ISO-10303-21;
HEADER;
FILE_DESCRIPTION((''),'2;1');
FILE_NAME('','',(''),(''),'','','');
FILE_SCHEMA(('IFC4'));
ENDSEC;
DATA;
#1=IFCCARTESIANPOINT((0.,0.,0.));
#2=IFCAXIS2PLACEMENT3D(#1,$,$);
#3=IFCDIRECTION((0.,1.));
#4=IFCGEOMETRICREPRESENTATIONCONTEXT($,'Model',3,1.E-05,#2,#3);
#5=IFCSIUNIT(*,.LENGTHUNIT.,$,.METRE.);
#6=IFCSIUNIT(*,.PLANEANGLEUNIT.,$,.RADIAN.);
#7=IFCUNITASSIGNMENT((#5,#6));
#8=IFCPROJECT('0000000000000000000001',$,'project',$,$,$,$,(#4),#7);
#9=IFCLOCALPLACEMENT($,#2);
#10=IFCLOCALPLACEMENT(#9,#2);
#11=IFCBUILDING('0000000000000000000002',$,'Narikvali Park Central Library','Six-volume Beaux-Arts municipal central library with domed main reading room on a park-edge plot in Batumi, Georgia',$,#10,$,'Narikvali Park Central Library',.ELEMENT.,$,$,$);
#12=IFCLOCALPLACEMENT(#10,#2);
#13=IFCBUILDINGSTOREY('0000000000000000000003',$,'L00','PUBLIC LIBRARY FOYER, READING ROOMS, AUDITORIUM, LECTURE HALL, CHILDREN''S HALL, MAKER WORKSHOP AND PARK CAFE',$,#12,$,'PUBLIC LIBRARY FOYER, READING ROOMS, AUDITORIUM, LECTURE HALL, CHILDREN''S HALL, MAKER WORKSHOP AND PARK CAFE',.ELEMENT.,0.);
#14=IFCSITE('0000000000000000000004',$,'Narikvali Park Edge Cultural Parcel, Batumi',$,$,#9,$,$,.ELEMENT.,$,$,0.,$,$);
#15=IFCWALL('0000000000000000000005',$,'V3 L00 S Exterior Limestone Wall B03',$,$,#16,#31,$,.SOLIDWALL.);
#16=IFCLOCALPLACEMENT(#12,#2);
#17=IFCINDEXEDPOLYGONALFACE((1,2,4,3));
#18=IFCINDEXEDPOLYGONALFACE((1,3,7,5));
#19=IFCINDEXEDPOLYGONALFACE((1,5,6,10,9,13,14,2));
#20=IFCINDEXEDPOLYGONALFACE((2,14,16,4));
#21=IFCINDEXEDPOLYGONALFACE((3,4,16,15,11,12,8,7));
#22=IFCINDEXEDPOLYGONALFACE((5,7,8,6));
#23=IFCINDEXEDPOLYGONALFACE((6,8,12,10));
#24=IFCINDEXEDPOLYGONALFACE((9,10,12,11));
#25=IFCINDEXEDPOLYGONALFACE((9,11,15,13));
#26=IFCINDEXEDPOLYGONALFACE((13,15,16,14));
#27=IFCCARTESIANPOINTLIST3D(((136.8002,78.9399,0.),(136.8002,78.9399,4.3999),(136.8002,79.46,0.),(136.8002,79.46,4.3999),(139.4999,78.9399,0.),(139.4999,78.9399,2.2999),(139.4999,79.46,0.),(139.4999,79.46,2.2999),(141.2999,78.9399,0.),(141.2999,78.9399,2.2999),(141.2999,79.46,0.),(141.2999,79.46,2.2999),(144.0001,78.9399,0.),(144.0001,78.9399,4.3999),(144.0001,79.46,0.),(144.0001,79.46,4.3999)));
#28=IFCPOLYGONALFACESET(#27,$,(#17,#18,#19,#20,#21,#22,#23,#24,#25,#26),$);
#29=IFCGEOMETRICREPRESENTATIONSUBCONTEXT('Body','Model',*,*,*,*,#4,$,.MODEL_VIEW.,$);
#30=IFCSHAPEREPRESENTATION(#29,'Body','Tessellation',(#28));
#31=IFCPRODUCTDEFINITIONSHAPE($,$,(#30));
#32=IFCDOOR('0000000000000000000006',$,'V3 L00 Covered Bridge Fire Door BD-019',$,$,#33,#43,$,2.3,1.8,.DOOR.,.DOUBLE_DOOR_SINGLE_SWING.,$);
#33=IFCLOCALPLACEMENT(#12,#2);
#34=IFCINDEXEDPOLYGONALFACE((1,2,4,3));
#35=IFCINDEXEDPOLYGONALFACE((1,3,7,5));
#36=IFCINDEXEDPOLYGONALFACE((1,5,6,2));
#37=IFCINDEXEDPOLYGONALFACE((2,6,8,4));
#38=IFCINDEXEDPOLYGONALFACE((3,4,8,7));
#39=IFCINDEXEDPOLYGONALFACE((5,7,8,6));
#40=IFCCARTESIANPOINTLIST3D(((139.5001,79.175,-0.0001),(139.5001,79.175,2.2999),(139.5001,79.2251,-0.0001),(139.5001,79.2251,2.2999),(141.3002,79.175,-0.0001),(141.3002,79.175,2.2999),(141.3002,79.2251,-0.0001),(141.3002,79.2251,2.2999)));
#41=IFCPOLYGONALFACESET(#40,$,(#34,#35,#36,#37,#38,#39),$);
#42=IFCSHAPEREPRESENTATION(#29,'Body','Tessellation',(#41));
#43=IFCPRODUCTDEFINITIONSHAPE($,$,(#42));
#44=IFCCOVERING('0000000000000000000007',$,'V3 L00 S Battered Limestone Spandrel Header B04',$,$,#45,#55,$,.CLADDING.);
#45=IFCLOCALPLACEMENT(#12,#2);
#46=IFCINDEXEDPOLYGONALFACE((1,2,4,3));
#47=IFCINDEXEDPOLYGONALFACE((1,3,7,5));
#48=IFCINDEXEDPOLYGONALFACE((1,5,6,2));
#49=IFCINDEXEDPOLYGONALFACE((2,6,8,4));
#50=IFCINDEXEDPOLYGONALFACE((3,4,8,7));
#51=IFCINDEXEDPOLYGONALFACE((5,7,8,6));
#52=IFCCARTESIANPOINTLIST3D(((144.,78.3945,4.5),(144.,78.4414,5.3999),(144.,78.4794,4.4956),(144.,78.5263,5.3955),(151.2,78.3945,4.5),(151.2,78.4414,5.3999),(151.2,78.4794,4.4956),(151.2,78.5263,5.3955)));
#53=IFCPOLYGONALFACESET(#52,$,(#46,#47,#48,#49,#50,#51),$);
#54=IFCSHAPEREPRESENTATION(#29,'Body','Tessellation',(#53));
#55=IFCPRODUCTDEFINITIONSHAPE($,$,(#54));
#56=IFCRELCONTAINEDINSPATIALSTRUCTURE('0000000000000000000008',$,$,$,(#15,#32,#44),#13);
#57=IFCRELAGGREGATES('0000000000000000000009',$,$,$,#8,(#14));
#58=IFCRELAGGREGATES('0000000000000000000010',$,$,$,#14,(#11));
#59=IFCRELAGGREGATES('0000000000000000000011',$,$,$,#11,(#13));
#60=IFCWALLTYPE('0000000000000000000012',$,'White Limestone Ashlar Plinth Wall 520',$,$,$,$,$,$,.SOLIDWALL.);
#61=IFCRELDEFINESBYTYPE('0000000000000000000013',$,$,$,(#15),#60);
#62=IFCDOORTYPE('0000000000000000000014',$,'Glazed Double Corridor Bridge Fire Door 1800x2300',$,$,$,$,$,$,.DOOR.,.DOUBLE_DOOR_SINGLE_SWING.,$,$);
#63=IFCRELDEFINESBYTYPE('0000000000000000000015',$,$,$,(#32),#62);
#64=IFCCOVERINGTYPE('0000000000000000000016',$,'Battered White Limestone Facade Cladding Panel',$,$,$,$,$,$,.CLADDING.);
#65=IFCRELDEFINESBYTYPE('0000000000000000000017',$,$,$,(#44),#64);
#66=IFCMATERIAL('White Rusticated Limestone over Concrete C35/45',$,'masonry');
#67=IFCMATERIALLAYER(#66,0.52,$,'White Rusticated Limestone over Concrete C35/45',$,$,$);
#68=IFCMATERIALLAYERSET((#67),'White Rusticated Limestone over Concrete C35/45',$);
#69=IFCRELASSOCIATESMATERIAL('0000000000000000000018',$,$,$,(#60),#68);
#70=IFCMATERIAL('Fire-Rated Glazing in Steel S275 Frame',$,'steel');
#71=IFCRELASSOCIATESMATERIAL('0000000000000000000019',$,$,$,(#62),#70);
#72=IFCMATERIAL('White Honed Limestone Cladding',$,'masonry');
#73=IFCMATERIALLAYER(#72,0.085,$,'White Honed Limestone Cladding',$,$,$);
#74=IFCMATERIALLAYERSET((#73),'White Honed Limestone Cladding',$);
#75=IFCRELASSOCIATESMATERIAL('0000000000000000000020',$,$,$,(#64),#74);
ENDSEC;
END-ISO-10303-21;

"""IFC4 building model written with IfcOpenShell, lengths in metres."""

from ifc_helpers import new_model, si_unit, direction, frame, frame_2d, origin, place, context, subcontext, project, spatial, polyline, rectangle, outline, extrude, material, layer, layer_set, type_object, element, fill, save


model = new_model("IFC4")

# Units and contexts
model_context = context("Model", 3, precision=1e-05, world=origin(), true_north=direction((0.0, 1.0)))
body_context = subcontext(model_context, "Body", "Model", "MODEL_VIEW")
ifc_project = project(units=[si_unit("LENGTHUNIT", "METRE"), si_unit("PLANEANGLEUNIT", "RADIAN")], contexts=[model_context])

# Site, building, storey
site_placement = place(None, origin())
site = spatial("IfcSite", under=ifc_project, at=site_placement, Name="Narikvali Park Edge Cultural Parcel, Batumi", CompositionType="ELEMENT", RefElevation=0.0)
building_placement = place(site_placement, origin())
building = spatial("IfcBuilding", under=site, at=building_placement, Name="Narikvali Park Central Library", Description="Six-volume Beaux-Arts municipal central library with domed main reading room on a park-edge plot in Batumi, Georgia", LongName="Narikvali Park Central Library", CompositionType="ELEMENT")
storey_placement = place(building_placement, origin())
storey = spatial("IfcBuildingStorey", under=building, at=storey_placement, Name="L00", Description="PUBLIC LIBRARY FOYER, READING ROOMS, AUDITORIUM, LECTURE HALL, CHILDREN'S HALL, MAKER WORKSHOP AND PARK CAFE", LongName="PUBLIC LIBRARY FOYER, READING ROOMS, AUDITORIUM, LECTURE HALL, CHILDREN'S HALL, MAKER WORKSHOP AND PARK CAFE", CompositionType="ELEMENT", Elevation=0.0)

# Wall, opening, door
ifc_material_1 = material(Name="White Rusticated Limestone over Concrete C35/45", Category="masonry")
ifc_layer_1 = layer(ifc_material_1, 0.52, Name="White Rusticated Limestone over Concrete C35/45")
ifc_layer_set_1 = layer_set([ifc_layer_1], Name="White Rusticated Limestone over Concrete C35/45")
wall_type_1 = type_object("IfcWallType", Name="White Limestone Ashlar Plinth Wall 520", PredefinedType="SOLIDWALL", material=ifc_layer_set_1)
wall_1_placement = place(storey_placement, frame((136.8, 79.2, 0.0), z_axis=(0.0, 0.0, 1.0), x_axis=(1.0, 0.0, 0.0)))
wall_1 = element("IfcWall", 1, at=wall_1_placement, inside=storey, type_object=wall_type_1, Name="V3 L00 S Exterior Limestone Wall B03", PredefinedType="SOLIDWALL", context=body_context, shape_type="SweptSolid", body=[
    extrude(rectangle(XDim=7.2, YDim=0.52, at=frame_2d((3.6001, 0.0))), origin(), (0.0, 0.0, 1.0), 4.3999),
])
opening_placement = place(wall_1_placement, frame((2.7, 0.0, 0.0)))
opening = element("IfcOpeningElement", 2, at=opening_placement, cuts=wall_1, PredefinedType="OPENING", context=body_context, shape_type="SweptSolid", body=[
    extrude(rectangle(XDim=1.8, YDim=2.3, at=frame_2d((0.8999, 1.1499))), frame((0.0, 0.272, 0.0), z_axis=(0.0, -1.0, 0.0), x_axis=(1.0, 0.0, 0.0)), (0.0, 0.0, 1.0), 0.5439),
])
ifc_material_2 = material(Name="Fire-Rated Glazing in Steel S275 Frame", Category="steel")
door_type = type_object("IfcDoorType", Name="Glazed Double Corridor Bridge Fire Door 1800x2300", OperationType="DOUBLE_DOOR_SINGLE_SWING", PredefinedType="DOOR", material=ifc_material_2)
door_placement = place(opening_placement, frame((1.8, 0.0, 0.0), z_axis=(0.0, 0.0, 1.0), x_axis=(-1.0, 0.0, 0.0)))
door = element("IfcDoor", 3, at=door_placement, inside=storey, type_object=door_type, Name="V3 L00 Covered Bridge Fire Door BD-019", OperationType="DOUBLE_DOOR_SINGLE_SWING", OverallHeight=2.3, OverallWidth=1.8, PredefinedType="DOOR", context=body_context, shape_type="SweptSolid", body=[
    extrude(rectangle(XDim=1.8, YDim=2.3, at=frame_2d((0.8999, 1.1499))), frame((0.0, 0.0249, 0.0), z_axis=(0.0, -1.0, 0.0), x_axis=(1.0, 0.0, 0.0)), (0.0, 0.0, 1.0), 0.05),
])
fill(opening, door)

# Covering
ifc_material_3 = material(Name="White Honed Limestone Cladding", Category="masonry")
ifc_layer_2 = layer(ifc_material_3, 0.085, Name="White Honed Limestone Cladding")
ifc_layer_set_2 = layer_set([ifc_layer_2], Name="White Honed Limestone Cladding")
covering_type = type_object("IfcCoveringType", Name="Battered White Limestone Facade Cladding Panel", PredefinedType="CLADDING", material=ifc_layer_set_2)
covering_placement = place(storey_placement, frame((144.0, 78.3945, 4.5), z_axis=(0.0, -0.998646, 0.052018), x_axis=(1.0, 0.0, 0.0)))
element("IfcCovering", 4, at=covering_placement, inside=storey, type_object=covering_type, Name="V3 L00 S Battered Limestone Spandrel Header B04", PredefinedType="CLADDING", context=body_context, shape_type="SweptSolid", body=[
    extrude(outline(polyline([(0.0, 0.0), (7.2, 0.0), (7.2, 0.9011), (0.0, 0.9011), (0.0, 0.0)])), origin(), (0.0, 0.0, -1.0), 0.085),
])

save(model, "model.ifc")
